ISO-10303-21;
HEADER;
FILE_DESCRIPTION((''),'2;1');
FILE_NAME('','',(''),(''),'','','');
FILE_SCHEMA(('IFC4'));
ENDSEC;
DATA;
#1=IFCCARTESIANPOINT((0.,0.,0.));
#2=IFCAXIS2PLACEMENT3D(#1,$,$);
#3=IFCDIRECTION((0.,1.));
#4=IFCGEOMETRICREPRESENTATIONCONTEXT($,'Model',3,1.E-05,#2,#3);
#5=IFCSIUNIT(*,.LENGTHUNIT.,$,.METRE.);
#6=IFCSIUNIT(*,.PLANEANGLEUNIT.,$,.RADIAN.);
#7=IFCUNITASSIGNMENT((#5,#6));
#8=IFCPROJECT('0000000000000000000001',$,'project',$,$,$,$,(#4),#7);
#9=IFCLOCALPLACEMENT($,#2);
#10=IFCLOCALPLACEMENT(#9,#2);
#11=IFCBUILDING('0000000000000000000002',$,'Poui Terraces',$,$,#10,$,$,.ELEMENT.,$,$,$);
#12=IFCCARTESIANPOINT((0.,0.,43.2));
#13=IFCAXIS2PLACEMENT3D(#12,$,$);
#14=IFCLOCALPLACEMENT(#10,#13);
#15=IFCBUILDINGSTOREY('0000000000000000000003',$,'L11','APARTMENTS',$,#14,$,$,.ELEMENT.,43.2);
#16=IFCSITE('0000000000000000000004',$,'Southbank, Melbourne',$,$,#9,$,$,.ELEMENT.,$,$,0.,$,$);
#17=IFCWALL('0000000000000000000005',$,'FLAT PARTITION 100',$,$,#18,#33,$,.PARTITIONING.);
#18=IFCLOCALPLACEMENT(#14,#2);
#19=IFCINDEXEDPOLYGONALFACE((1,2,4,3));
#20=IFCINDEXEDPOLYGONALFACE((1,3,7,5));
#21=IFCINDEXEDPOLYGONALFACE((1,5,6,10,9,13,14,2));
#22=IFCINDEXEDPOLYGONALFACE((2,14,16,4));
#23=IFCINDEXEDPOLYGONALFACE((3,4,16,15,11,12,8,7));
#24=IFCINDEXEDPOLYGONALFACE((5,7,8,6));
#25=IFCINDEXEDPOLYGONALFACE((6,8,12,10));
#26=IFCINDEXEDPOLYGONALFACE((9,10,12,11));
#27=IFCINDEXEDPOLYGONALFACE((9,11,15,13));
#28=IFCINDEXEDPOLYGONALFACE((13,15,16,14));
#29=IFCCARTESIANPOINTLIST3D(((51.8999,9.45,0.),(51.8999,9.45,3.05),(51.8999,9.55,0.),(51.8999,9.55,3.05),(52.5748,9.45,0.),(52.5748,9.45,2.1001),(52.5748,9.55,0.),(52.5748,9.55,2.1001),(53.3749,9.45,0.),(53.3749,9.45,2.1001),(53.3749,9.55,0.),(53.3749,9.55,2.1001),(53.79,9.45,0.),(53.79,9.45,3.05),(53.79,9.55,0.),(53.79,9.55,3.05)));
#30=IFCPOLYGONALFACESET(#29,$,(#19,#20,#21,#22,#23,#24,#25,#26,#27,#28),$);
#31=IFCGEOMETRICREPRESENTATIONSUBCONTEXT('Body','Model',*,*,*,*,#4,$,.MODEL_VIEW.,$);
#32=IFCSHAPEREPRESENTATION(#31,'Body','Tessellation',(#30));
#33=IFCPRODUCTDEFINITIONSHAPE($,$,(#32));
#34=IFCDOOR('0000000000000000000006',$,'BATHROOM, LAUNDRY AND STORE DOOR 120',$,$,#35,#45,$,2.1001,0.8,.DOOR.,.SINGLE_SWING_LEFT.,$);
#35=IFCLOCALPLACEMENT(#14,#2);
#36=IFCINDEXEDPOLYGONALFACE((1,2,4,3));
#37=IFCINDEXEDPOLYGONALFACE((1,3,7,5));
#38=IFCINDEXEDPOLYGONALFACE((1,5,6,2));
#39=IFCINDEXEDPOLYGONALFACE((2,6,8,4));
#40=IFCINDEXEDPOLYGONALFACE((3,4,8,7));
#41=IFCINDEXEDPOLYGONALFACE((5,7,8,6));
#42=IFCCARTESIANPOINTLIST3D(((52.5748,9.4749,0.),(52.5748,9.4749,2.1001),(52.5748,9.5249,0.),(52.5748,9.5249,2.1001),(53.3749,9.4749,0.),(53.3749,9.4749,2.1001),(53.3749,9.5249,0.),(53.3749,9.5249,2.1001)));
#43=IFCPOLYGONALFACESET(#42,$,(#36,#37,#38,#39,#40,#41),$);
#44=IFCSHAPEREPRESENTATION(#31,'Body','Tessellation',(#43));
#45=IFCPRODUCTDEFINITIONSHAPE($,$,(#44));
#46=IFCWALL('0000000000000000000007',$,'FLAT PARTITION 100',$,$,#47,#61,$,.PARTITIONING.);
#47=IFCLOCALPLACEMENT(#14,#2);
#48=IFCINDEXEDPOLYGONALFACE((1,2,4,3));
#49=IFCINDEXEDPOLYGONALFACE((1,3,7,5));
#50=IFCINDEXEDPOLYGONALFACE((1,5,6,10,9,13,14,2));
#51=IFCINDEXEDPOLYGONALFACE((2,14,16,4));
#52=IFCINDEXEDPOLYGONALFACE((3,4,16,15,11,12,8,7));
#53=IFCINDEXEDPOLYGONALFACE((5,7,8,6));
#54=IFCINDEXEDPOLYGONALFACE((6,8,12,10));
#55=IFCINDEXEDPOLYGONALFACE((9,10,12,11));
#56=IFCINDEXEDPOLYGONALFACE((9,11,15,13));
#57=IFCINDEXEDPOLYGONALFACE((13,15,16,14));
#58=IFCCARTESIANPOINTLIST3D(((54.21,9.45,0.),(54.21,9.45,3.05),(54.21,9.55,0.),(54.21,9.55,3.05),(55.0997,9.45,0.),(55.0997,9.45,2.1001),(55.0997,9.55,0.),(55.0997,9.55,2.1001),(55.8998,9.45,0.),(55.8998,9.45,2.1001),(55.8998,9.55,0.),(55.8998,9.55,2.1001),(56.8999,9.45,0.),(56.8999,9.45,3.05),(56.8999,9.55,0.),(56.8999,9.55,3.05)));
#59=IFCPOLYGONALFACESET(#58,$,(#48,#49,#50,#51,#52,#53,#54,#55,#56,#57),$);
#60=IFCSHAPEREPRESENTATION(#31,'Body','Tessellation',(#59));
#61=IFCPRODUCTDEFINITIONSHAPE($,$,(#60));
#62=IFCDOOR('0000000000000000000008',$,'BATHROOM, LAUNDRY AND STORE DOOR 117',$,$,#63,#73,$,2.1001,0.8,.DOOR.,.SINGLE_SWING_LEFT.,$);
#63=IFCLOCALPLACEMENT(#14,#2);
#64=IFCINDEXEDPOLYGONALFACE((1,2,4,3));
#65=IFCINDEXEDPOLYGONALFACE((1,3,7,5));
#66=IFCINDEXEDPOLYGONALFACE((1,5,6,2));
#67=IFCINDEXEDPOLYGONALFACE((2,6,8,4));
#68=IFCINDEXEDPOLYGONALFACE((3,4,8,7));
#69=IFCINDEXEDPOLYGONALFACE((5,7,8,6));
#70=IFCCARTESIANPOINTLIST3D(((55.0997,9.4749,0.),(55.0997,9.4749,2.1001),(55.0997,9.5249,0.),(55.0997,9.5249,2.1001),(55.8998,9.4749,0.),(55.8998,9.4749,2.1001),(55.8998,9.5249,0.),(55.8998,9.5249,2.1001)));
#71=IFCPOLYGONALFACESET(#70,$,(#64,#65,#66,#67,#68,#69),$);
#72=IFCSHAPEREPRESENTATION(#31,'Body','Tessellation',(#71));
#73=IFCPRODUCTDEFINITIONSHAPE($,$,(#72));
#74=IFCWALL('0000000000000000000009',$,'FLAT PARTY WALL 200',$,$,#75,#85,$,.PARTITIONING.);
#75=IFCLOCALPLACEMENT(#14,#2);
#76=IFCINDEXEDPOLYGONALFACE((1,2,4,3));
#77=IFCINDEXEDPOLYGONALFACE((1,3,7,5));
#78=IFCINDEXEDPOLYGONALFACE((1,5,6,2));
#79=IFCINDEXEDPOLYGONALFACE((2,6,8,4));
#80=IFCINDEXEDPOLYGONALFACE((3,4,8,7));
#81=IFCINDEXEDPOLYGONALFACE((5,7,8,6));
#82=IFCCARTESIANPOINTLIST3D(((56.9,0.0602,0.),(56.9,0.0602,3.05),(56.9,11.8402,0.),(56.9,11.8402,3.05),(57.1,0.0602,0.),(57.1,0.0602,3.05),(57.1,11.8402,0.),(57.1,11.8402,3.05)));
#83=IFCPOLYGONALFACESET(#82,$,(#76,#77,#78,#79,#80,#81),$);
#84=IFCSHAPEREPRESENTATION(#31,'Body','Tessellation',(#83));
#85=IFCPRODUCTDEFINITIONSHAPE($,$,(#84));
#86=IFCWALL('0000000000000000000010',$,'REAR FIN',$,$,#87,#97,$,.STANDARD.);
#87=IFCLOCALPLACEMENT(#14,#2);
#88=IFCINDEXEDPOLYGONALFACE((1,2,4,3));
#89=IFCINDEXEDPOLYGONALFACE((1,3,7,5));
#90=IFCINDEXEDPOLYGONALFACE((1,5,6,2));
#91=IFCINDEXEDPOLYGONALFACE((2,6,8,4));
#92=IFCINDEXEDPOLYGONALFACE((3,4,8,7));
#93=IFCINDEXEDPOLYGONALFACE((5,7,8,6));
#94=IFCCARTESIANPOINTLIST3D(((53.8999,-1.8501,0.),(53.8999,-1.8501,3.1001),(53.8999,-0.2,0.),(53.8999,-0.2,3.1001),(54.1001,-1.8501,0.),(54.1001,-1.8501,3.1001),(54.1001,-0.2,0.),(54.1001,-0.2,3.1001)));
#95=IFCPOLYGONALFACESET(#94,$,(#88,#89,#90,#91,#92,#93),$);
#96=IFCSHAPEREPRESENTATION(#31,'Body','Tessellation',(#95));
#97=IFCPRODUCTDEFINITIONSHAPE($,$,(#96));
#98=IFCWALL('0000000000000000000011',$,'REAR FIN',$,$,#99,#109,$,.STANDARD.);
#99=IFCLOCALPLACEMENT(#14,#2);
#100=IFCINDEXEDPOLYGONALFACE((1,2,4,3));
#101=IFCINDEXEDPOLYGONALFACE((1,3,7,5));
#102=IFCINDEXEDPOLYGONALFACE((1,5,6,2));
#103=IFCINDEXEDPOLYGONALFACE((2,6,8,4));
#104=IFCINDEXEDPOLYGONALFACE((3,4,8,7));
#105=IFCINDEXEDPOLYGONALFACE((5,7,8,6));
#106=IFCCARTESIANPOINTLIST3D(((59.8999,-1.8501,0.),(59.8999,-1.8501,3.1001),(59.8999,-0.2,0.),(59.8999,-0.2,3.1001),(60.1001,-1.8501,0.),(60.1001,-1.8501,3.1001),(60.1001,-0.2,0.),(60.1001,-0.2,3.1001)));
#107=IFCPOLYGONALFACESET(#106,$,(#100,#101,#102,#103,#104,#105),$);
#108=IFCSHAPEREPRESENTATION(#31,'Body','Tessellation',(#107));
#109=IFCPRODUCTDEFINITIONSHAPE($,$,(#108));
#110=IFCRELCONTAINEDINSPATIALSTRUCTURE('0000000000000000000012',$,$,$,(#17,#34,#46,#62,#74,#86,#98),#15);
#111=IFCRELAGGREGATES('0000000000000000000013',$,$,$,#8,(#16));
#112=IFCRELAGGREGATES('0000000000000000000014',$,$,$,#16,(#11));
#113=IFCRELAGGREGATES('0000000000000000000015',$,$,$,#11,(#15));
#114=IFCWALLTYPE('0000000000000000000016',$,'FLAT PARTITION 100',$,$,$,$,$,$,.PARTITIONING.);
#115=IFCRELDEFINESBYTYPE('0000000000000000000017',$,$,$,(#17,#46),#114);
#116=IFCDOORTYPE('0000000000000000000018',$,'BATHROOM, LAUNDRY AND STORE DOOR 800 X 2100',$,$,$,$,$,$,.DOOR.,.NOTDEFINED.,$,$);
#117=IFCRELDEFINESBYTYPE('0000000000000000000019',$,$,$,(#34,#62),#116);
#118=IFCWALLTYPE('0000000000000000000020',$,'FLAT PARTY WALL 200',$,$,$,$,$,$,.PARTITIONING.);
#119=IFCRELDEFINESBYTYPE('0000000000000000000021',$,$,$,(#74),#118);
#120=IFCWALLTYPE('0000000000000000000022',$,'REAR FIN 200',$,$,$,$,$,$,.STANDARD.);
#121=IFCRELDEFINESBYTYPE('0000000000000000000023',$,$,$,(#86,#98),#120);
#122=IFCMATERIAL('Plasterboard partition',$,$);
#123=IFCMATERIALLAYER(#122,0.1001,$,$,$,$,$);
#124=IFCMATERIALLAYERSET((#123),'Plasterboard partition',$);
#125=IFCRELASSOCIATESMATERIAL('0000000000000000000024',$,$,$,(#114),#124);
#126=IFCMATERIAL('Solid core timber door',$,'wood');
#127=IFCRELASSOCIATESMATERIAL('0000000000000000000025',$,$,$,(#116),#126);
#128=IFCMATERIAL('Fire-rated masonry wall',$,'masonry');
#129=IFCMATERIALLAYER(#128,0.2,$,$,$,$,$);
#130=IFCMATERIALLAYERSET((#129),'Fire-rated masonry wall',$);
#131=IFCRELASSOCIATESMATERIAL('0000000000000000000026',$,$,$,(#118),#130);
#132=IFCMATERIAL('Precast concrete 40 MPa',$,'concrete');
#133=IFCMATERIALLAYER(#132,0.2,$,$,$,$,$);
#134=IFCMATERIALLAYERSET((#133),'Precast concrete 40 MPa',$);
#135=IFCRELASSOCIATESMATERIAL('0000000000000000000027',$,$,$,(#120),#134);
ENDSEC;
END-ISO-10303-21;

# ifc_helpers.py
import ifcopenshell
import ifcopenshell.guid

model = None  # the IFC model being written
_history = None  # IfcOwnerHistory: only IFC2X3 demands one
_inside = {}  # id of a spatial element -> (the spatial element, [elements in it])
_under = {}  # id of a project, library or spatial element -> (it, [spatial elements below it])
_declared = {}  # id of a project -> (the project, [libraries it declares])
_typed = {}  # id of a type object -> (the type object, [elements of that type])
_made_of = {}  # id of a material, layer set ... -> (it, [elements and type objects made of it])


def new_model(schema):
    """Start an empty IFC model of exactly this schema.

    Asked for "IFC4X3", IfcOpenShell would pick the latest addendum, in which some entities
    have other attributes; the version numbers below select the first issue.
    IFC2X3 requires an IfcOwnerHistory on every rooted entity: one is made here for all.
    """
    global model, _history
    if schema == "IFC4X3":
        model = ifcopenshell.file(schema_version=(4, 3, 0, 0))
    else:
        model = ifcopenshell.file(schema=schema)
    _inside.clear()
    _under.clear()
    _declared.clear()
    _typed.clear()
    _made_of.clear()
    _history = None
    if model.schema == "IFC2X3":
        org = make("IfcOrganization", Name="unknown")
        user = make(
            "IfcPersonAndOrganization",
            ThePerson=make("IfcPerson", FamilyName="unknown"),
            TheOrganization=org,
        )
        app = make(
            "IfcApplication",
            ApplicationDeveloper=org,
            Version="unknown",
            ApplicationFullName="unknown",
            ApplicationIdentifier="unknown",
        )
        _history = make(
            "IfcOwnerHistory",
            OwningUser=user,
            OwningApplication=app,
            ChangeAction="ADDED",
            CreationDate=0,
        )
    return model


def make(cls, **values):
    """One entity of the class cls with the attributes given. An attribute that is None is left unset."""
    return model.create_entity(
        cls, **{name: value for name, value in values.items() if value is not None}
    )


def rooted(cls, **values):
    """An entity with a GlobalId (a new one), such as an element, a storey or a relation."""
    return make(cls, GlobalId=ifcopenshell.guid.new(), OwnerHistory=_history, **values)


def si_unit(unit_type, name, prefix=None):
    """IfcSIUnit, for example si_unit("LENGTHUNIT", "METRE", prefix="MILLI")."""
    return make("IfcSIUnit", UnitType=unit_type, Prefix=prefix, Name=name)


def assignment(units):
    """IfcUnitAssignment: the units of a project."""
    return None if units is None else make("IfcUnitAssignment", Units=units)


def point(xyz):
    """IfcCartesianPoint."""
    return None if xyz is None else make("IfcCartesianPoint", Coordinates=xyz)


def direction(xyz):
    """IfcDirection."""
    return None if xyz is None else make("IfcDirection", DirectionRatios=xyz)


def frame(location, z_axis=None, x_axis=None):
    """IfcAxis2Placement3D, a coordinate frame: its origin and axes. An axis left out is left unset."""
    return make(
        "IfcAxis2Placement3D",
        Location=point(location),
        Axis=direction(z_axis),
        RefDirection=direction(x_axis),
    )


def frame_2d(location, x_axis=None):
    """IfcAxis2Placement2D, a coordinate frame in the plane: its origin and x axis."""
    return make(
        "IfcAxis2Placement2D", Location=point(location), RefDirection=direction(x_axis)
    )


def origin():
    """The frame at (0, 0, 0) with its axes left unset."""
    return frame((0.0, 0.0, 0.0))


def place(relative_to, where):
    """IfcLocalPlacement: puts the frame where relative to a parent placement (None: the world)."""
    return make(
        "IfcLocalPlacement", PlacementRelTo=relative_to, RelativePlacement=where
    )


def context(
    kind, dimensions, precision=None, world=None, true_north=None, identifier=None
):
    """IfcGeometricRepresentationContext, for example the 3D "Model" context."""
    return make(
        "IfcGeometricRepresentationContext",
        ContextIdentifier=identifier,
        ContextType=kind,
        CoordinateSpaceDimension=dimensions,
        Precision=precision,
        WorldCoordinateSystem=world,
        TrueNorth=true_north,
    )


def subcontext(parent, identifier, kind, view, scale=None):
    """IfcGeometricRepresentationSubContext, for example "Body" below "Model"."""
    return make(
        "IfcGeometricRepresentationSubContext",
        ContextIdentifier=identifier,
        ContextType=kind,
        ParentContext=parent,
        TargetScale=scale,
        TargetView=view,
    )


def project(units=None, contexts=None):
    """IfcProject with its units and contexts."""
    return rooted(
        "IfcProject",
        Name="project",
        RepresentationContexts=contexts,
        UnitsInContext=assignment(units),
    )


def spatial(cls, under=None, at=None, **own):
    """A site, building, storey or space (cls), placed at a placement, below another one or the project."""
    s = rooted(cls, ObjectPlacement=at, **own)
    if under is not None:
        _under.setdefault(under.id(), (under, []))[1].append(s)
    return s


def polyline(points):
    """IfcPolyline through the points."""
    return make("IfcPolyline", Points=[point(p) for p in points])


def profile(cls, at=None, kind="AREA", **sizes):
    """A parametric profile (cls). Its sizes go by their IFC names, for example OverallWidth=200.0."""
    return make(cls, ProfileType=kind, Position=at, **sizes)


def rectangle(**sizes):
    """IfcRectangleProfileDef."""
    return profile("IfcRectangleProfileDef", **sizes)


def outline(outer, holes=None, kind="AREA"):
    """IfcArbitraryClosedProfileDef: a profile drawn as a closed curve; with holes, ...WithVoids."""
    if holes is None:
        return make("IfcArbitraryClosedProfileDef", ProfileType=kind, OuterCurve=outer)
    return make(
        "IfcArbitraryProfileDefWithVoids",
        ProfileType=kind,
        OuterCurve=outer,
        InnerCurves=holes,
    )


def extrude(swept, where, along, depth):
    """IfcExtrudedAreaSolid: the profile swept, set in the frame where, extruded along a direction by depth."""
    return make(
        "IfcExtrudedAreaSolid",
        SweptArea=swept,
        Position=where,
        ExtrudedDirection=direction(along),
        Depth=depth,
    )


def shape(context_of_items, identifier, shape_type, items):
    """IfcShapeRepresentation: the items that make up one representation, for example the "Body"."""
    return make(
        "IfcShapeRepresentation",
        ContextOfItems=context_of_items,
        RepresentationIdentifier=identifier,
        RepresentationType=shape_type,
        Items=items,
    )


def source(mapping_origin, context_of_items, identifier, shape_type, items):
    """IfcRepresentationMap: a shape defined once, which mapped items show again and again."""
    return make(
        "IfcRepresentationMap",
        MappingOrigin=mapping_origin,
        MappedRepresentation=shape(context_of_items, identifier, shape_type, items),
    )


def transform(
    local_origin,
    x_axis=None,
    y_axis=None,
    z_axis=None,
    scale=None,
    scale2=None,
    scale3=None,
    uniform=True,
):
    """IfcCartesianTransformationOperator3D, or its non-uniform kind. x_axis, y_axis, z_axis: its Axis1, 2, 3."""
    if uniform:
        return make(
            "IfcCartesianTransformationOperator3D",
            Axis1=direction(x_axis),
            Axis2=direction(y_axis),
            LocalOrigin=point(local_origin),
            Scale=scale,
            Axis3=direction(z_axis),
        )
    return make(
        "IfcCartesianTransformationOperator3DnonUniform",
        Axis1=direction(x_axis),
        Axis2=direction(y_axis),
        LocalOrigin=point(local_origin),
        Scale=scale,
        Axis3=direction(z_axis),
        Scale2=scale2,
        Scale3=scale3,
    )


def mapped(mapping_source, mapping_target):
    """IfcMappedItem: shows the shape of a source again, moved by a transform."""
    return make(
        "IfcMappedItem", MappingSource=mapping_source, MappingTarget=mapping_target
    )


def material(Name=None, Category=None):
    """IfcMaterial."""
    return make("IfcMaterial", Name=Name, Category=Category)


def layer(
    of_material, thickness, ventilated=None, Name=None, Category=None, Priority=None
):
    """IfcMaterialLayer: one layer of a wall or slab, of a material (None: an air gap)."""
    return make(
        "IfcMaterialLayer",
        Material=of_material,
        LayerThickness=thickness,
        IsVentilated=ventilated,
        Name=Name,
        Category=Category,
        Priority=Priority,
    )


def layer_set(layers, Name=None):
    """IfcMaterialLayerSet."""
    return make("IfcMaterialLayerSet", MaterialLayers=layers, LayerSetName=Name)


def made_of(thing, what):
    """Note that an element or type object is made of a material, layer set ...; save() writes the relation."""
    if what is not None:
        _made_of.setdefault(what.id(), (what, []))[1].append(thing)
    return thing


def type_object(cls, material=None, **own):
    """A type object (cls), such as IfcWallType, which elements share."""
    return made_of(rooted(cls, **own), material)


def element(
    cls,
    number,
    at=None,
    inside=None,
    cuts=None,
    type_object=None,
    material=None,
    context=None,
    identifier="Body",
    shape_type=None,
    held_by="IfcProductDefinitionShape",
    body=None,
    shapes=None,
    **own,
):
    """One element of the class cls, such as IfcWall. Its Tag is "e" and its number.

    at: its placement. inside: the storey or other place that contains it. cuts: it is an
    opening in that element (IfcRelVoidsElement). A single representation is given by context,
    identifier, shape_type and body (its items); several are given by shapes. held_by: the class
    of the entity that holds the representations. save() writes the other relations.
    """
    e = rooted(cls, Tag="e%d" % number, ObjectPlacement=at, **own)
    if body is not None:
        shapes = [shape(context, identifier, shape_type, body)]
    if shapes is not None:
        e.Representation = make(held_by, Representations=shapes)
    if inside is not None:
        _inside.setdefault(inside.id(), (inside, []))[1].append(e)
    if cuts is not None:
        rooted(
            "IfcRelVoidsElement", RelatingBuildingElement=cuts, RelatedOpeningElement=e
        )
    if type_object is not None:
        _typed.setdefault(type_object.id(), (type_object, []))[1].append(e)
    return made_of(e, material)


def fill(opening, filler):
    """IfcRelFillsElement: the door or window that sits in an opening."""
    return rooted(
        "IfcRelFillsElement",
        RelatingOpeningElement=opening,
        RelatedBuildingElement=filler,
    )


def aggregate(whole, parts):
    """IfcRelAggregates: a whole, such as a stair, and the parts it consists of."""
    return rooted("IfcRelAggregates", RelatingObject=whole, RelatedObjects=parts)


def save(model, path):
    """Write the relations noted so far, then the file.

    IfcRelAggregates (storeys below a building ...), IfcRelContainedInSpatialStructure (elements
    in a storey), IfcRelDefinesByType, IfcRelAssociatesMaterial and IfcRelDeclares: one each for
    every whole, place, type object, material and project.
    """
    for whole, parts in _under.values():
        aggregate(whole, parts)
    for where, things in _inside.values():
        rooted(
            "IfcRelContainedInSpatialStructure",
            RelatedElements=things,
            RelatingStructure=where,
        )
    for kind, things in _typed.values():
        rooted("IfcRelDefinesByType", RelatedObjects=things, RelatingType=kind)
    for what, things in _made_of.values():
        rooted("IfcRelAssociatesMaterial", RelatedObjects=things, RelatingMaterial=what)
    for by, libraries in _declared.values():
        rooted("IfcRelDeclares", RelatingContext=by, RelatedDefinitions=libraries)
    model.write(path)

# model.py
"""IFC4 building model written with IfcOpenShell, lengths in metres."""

from ifc_helpers import new_model, si_unit, direction, frame, frame_2d, origin, place, context, subcontext, project, spatial, polyline, rectangle, outline, extrude, source, transform, mapped, material, layer, layer_set, type_object, element, fill, save


model = new_model("IFC4")

# Units and contexts
model_context = context("Model", 3, precision=1e-05, world=origin(), true_north=direction((0.0, 1.0)))
body_context = subcontext(model_context, "Body", "Model", "MODEL_VIEW")
ifc_project = project(units=[si_unit("LENGTHUNIT", "METRE"), si_unit("PLANEANGLEUNIT", "RADIAN")], contexts=[model_context])

# Site, building, storey
site_placement = place(None, origin())
site = spatial("IfcSite", under=ifc_project, at=site_placement, Name="Southbank, Melbourne", CompositionType="ELEMENT", RefElevation=0.0)
building_placement = place(site_placement, origin())
building = spatial("IfcBuilding", under=site, at=building_placement, Name="Poui Terraces", CompositionType="ELEMENT")
storey_placement = place(building_placement, frame((0.0, 0.0, 43.2)))
storey = spatial("IfcBuildingStorey", under=building, at=storey_placement, Name="L11", Description="APARTMENTS", CompositionType="ELEMENT", Elevation=43.2)

# Shared definitions
ifc_material_1 = material(Name="Precast concrete 40 MPa", Category="concrete")

# Walls, openings, doors
ifc_material_2 = material(Name="Solid core timber door", Category="wood")
ifc_material_3 = material(Name="Plasterboard partition")
ifc_layer_1 = layer(ifc_material_3, 0.1001)
ifc_layer_set_1 = layer_set([ifc_layer_1], Name="Plasterboard partition")
wall_type_1 = type_object("IfcWallType", Name="FLAT PARTITION 100", PredefinedType="PARTITIONING", material=ifc_layer_set_1)
door_type_1 = type_object("IfcDoorType", Name="BATHROOM, LAUNDRY AND STORE DOOR 800 X 2100", OperationType="NOTDEFINED", PredefinedType="DOOR", material=ifc_material_2)
wall_1_placement = place(storey_placement, frame((51.8999, 9.5, 0.0), z_axis=(0.0, 0.0, 1.0), x_axis=(1.0, 0.0, 0.0)))
wall_1 = element("IfcWall", 1, at=wall_1_placement, inside=storey, type_object=wall_type_1, Name="FLAT PARTITION 100", PredefinedType="PARTITIONING", context=body_context, shape_type="SweptSolid", body=[
    extrude(rectangle(XDim=1.8901, YDim=0.1001, at=frame_2d((0.9451, 0.0))), origin(), (0.0, 0.0, 1.0), 3.05),
])
opening_1_placement = place(wall_1_placement, frame((0.675, 0.0, 0.0)))
opening_1 = element("IfcOpeningElement", 2, at=opening_1_placement, cuts=wall_1, PredefinedType="OPENING", context=body_context, shape_type="SweptSolid", body=[
    extrude(rectangle(XDim=0.8, YDim=2.1001, at=frame_2d((0.3999, 1.05))), frame((0.0, 0.0601, 0.0), z_axis=(0.0, -1.0, 0.0), x_axis=(1.0, 0.0, 0.0)), (0.0, 0.0, 1.0), 0.1201),
])
door_1_placement = place(opening_1_placement, origin())
door_1 = element("IfcDoor", 3, at=door_1_placement, inside=storey, type_object=door_type_1, Name="BATHROOM, LAUNDRY AND STORE DOOR 120", OperationType="SINGLE_SWING_LEFT", OverallHeight=2.1001, OverallWidth=0.8, PredefinedType="DOOR", context=body_context, shape_type="SweptSolid", body=[
    extrude(rectangle(XDim=0.8, YDim=2.1001, at=frame_2d((0.3999, 1.05))), frame((0.0, 0.0249, 0.0), z_axis=(0.0, -1.0, 0.0), x_axis=(1.0, 0.0, 0.0)), (0.0, 0.0, 1.0), 0.05),
])
fill(opening_1, door_1)
wall_2_placement = place(storey_placement, frame((54.21, 9.5, 0.0), z_axis=(0.0, 0.0, 1.0), x_axis=(1.0, 0.0, 0.0)))
wall_2 = element("IfcWall", 4, at=wall_2_placement, inside=storey, type_object=wall_type_1, Name="FLAT PARTITION 100", PredefinedType="PARTITIONING", context=body_context, shape_type="SweptSolid", body=[
    extrude(rectangle(XDim=2.6899, YDim=0.1001, at=frame_2d((1.345, 0.0))), origin(), (0.0, 0.0, 1.0), 3.05),
])
opening_2_placement = place(wall_2_placement, frame((0.8899, 0.0, 0.0)))
opening_2 = element("IfcOpeningElement", 5, at=opening_2_placement, cuts=wall_2, PredefinedType="OPENING", context=body_context, shape_type="SweptSolid", body=[
    extrude(rectangle(XDim=0.8, YDim=2.1001, at=frame_2d((0.3999, 1.05))), frame((0.0, 0.0601, 0.0), z_axis=(0.0, -1.0, 0.0), x_axis=(1.0, 0.0, 0.0)), (0.0, 0.0, 1.0), 0.1201),
])
door_2_placement = place(opening_2_placement, origin())
door_2 = element("IfcDoor", 6, at=door_2_placement, inside=storey, type_object=door_type_1, Name="BATHROOM, LAUNDRY AND STORE DOOR 117", OperationType="SINGLE_SWING_LEFT", OverallHeight=2.1001, OverallWidth=0.8, PredefinedType="DOOR", context=body_context, shape_type="SweptSolid", body=[
    extrude(rectangle(XDim=0.8, YDim=2.1001, at=frame_2d((0.3999, 1.05))), frame((0.0, 0.0249, 0.0), z_axis=(0.0, -1.0, 0.0), x_axis=(1.0, 0.0, 0.0)), (0.0, 0.0, 1.0), 0.05),
])
fill(opening_2, door_2)

# Walls
ifc_material_4 = material(Name="Fire-rated masonry wall", Category="masonry")
ifc_layer_2 = layer(ifc_material_4, 0.2)
ifc_layer_set_2 = layer_set([ifc_layer_2], Name="Fire-rated masonry wall")
wall_type_2 = type_object("IfcWallType", Name="FLAT PARTY WALL 200", PredefinedType="PARTITIONING", material=ifc_layer_set_2)
wall_3_placement = place(storey_placement, frame((57.0, 0.0601, 0.0), z_axis=(0.0, 0.0, 1.0), x_axis=(0.0, 1.0, 0.0)))
element("IfcWall", 7, at=wall_3_placement, inside=storey, type_object=wall_type_2, Name="FLAT PARTY WALL 200", PredefinedType="PARTITIONING", context=body_context, shape_type="SweptSolid", body=[
    extrude(rectangle(XDim=11.78, YDim=0.2, at=frame_2d((5.8901, 0.0))), origin(), (0.0, 0.0, 1.0), 3.05),
])
ifc_layer_3 = layer(ifc_material_1, 0.2)
ifc_layer_set_3 = layer_set([ifc_layer_3], Name="Precast concrete 40 MPa")
wall_type_3 = type_object("IfcWallType", Name="REAR FIN 200", PredefinedType="STANDARD", material=ifc_layer_set_3)
shared_shape_1 = source(origin(), body_context, "Body", "SweptSolid", [
    extrude(outline(polyline([(0.0, 0.0), (0.2002, 0.0), (0.2002, 1.6501), (0.0, 1.6501), (0.0, 0.0)])), origin(), (0.0, 0.0, 1.0), 3.1001),
])
for number, where, name in (
    (8, (53.8999, -1.8501, 0.0), "REAR FIN"),
    (9, (59.8999, -1.8501, 0.0), "REAR FIN"),
):
    element("IfcWall", number, at=place(storey_placement, frame(where)), inside=storey, type_object=wall_type_3, Name=name, PredefinedType="STANDARD", context=body_context, shape_type="MappedRepresentation", body=[
        mapped(shared_shape_1, transform((0.0, 0.0, 0.0))),
    ])

save(model, "model.ifc")
